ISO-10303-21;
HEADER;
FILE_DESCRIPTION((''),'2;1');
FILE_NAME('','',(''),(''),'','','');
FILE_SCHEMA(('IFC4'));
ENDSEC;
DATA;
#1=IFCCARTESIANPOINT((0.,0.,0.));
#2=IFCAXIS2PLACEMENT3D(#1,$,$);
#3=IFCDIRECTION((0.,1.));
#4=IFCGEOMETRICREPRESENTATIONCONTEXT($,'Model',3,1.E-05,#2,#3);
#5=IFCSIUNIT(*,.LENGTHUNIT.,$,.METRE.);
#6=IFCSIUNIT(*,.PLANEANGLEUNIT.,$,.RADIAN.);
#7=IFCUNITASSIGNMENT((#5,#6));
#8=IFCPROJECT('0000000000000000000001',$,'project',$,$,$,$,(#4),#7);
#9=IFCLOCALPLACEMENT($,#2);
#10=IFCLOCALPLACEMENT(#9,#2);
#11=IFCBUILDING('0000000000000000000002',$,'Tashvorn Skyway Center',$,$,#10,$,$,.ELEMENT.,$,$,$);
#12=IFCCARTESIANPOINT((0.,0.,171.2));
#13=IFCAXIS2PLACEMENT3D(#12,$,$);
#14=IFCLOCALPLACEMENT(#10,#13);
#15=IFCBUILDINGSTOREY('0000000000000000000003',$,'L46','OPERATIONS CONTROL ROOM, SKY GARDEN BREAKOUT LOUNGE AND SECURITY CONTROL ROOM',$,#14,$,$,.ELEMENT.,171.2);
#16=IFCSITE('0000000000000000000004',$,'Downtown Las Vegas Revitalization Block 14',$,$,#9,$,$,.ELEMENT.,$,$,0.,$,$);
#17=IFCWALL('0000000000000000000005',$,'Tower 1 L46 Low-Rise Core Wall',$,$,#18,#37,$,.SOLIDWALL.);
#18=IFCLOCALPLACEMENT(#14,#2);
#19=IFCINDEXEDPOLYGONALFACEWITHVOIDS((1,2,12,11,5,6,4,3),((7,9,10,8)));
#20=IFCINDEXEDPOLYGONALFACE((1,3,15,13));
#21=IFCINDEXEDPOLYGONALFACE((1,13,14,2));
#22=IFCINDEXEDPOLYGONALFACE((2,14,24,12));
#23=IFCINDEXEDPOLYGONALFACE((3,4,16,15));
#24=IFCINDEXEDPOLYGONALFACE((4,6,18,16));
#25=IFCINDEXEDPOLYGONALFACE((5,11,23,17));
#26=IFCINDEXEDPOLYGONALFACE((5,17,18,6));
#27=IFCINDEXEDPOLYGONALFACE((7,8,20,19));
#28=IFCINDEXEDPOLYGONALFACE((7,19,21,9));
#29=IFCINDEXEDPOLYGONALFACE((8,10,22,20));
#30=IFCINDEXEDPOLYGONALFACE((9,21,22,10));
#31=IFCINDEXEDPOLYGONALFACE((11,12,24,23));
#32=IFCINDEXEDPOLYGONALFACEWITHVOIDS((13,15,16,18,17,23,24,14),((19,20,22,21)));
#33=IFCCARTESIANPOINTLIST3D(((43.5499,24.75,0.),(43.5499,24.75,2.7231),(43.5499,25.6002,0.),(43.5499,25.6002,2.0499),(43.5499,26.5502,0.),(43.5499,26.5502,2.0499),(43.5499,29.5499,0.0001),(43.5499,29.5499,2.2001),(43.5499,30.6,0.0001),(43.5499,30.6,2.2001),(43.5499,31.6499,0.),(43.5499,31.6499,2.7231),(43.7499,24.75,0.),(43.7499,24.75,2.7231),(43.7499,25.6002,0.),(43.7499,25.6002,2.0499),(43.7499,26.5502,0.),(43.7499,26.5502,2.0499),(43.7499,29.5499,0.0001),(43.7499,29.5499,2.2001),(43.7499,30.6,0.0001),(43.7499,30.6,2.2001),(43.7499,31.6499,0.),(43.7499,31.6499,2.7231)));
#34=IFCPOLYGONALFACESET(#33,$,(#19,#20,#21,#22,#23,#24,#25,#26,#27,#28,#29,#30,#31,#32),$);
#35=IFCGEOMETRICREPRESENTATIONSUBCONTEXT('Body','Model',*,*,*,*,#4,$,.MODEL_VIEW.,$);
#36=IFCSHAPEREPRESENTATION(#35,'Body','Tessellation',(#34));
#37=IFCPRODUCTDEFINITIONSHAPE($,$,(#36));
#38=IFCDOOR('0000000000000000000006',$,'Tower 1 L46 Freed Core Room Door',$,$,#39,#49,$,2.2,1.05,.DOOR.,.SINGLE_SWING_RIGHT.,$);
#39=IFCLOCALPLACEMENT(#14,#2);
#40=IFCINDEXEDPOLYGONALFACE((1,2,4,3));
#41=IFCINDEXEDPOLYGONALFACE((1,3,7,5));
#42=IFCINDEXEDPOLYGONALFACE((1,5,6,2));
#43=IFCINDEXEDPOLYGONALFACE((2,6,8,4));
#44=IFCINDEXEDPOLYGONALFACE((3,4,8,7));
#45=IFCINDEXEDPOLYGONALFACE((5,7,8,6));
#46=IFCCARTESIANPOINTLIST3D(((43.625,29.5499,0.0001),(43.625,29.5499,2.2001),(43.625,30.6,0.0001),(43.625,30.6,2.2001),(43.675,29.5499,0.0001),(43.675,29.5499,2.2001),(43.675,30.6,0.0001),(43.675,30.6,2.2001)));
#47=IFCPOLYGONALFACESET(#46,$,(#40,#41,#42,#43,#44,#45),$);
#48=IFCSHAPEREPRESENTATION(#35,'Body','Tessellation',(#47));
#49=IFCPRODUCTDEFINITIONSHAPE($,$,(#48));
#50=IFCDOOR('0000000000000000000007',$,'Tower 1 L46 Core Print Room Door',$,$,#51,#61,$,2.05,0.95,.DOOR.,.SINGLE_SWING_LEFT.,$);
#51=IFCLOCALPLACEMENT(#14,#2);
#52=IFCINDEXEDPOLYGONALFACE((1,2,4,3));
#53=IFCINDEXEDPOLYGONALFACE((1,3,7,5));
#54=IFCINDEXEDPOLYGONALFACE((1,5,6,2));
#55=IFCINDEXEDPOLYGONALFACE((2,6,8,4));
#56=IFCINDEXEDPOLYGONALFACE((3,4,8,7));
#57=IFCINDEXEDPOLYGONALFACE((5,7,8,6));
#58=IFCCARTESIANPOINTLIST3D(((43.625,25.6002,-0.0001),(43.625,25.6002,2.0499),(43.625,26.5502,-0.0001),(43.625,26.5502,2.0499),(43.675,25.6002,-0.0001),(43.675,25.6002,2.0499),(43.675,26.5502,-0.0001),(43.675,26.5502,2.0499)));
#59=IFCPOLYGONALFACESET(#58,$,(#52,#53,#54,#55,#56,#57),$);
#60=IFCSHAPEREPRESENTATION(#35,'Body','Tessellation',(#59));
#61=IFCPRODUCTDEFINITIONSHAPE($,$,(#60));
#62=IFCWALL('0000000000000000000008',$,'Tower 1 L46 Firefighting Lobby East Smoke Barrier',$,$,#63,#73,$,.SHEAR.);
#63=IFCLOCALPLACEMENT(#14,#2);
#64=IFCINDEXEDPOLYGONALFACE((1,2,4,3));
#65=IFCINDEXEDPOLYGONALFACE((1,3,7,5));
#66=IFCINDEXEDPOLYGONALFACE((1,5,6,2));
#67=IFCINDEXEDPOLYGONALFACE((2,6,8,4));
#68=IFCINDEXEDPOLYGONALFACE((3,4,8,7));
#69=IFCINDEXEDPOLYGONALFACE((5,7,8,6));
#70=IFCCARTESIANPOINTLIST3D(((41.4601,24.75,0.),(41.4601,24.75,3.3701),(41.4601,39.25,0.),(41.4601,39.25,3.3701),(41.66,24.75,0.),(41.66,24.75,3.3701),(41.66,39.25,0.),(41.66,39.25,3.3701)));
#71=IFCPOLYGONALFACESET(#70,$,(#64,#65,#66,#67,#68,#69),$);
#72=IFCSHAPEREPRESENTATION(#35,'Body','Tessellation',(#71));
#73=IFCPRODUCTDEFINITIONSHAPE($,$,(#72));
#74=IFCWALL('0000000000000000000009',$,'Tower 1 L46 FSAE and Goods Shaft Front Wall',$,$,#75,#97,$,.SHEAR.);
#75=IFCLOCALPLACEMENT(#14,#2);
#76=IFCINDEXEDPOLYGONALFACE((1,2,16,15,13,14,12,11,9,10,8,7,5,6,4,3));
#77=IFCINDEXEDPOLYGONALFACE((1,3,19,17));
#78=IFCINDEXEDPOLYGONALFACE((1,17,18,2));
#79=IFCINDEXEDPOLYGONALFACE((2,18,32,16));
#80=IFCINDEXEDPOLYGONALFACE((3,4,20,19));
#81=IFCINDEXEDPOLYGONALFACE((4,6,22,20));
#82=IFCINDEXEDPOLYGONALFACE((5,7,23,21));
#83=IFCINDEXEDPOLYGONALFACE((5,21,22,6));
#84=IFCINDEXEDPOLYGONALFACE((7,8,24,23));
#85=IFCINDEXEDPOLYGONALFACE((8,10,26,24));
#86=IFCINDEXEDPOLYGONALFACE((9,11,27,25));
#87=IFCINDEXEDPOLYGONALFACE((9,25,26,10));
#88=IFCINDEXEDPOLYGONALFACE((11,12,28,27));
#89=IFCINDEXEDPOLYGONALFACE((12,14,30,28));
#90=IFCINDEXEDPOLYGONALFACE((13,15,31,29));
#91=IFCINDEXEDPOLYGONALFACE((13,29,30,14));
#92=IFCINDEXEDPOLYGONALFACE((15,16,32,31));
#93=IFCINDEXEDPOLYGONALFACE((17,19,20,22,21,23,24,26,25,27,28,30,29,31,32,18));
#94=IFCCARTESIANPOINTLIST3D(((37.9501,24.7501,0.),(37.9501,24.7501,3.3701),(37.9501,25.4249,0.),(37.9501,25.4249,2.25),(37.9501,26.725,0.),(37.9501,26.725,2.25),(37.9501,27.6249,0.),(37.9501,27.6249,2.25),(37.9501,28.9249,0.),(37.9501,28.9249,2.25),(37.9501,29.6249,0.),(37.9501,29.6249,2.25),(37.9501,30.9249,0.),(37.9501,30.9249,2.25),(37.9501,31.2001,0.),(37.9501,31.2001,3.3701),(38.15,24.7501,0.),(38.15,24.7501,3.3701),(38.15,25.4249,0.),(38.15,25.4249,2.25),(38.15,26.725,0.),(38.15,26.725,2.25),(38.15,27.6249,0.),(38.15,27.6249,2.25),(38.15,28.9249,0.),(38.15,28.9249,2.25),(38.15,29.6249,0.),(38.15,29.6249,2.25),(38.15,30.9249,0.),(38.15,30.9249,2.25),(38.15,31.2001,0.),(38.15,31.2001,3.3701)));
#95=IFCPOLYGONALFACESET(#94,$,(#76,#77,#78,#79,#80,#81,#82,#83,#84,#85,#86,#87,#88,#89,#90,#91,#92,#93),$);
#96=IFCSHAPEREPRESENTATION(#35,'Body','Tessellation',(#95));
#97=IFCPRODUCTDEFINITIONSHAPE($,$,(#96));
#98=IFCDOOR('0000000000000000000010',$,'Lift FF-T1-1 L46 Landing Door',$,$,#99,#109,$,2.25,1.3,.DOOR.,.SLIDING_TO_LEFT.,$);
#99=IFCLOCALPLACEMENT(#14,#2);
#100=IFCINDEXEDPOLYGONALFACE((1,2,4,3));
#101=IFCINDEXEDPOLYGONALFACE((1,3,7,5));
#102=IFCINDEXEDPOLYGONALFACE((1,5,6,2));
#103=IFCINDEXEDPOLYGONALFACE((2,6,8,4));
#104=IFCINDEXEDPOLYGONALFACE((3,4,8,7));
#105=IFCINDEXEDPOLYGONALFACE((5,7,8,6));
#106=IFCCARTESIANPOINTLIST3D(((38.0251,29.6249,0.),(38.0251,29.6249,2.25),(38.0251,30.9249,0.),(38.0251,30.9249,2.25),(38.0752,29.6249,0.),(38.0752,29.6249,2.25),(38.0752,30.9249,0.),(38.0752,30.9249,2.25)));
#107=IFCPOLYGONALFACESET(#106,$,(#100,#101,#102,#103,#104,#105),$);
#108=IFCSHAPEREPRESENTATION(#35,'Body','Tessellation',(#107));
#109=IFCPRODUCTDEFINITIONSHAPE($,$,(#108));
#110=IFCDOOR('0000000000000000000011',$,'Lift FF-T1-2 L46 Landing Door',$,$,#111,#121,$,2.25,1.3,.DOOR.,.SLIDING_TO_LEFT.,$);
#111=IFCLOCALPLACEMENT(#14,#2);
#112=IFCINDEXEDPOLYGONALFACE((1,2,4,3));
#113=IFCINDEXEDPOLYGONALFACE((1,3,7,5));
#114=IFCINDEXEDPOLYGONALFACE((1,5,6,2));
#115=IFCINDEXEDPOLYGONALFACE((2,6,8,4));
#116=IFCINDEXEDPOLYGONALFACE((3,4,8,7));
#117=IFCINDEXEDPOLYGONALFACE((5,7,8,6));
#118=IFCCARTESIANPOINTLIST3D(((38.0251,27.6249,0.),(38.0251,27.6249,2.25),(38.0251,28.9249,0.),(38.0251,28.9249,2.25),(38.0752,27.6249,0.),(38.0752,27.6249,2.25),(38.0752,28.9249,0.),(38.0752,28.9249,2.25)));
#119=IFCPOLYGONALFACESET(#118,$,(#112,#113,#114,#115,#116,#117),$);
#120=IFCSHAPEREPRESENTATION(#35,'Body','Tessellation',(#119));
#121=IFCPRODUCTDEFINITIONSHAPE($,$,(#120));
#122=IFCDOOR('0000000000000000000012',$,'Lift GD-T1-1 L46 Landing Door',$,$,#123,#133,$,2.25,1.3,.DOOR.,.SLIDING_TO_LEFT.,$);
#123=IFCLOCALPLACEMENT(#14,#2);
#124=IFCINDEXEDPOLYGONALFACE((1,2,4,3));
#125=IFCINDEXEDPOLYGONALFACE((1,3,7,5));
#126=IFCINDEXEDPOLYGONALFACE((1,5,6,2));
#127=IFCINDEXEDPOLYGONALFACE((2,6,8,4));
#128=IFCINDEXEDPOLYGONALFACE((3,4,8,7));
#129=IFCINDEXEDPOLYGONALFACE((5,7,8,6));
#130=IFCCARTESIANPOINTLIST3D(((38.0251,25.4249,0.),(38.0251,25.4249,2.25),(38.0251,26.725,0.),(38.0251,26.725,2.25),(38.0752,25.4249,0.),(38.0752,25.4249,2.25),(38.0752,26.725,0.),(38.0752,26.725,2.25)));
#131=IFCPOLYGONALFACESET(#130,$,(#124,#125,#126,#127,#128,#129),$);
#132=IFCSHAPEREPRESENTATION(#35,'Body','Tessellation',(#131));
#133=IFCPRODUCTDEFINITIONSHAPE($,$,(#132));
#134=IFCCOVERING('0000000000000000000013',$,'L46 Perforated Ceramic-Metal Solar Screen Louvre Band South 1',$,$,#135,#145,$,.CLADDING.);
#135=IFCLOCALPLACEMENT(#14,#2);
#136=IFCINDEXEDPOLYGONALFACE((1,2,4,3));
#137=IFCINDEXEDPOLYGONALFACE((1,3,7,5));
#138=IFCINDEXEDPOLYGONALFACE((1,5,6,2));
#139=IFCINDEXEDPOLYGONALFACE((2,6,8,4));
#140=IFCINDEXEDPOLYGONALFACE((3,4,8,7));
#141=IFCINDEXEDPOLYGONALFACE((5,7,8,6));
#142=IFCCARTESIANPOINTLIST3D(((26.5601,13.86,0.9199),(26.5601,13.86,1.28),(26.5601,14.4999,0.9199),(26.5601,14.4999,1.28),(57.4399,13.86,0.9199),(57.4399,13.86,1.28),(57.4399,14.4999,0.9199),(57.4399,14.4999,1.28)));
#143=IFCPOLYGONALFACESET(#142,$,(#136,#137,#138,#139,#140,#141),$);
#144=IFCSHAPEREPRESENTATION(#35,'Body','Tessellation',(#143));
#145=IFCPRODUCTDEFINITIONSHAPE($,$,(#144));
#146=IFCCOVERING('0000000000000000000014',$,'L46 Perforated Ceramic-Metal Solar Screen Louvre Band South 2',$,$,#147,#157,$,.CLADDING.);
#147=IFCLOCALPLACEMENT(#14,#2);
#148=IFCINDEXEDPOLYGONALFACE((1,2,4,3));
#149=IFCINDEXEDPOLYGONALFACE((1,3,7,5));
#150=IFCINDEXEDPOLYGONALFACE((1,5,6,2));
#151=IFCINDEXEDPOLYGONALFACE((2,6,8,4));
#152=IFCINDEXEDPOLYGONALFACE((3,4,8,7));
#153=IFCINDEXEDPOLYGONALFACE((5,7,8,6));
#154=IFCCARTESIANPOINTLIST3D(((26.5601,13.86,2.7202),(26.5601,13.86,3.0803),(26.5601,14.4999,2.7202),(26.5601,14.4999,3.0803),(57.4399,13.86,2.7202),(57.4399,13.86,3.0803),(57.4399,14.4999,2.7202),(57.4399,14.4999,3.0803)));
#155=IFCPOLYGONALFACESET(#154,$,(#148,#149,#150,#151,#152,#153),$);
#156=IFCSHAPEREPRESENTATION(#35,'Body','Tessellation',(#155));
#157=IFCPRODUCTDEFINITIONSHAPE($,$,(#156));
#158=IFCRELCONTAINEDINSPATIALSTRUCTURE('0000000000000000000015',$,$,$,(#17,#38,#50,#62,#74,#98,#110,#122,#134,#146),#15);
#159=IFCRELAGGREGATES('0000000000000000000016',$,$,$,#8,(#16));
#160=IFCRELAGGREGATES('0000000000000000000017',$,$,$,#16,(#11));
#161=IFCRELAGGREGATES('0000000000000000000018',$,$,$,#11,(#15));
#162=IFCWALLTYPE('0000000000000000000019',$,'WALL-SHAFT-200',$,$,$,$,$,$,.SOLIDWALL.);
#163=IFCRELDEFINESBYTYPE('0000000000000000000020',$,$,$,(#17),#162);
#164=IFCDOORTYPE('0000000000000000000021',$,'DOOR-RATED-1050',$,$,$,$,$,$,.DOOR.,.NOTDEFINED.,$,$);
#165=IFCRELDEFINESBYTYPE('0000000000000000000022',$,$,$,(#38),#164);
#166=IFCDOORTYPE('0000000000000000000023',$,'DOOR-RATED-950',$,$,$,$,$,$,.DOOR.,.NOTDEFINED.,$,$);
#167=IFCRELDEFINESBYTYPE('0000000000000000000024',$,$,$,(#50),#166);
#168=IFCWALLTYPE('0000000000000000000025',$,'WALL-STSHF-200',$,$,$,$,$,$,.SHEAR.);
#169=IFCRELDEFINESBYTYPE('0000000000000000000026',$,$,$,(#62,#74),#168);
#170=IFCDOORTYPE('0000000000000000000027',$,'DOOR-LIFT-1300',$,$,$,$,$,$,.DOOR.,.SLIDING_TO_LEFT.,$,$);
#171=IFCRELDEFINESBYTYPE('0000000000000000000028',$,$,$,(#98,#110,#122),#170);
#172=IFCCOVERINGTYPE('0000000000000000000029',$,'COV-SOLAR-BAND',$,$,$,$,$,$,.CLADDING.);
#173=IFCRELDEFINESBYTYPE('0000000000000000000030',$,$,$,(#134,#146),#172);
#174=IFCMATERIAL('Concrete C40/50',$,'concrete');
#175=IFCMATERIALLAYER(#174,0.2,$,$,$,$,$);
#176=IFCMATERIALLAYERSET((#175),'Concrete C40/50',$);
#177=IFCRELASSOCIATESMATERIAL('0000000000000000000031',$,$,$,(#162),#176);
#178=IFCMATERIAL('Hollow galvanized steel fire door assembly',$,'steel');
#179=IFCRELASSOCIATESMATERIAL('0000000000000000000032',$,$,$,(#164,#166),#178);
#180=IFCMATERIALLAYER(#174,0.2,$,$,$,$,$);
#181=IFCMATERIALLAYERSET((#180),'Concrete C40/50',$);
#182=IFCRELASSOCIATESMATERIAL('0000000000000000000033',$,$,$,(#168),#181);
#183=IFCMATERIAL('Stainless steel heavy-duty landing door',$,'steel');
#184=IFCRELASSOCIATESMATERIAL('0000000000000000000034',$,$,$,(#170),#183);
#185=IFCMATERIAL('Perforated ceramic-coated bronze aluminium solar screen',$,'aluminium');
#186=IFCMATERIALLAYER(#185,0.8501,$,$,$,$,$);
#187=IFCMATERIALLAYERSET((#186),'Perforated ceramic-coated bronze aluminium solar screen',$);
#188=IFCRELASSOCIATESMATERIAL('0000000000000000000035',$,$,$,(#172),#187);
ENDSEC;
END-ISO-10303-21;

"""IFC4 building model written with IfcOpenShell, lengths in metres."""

from ifc_helpers import new_model, si_unit, direction, frame, frame_2d, origin, origin_2d, place, context, subcontext, project, spatial, rectangle, extrude, material, layer, layer_set, type_object, element, fill, save


model = new_model("IFC4")

# Units and contexts
model_context = context("Model", 3, precision=1e-05, world=origin(), true_north=direction((0.0, 1.0)))
body_context = subcontext(model_context, "Body", "Model", "MODEL_VIEW")
ifc_project = project(units=[si_unit("LENGTHUNIT", "METRE"), si_unit("PLANEANGLEUNIT", "RADIAN")], contexts=[model_context])

# Site, building, storey
site_placement = place(None, origin())
site = spatial("IfcSite", under=ifc_project, at=site_placement, Name="Downtown Las Vegas Revitalization Block 14", CompositionType="ELEMENT", RefElevation=0.0)
building_placement = place(site_placement, origin())
building = spatial("IfcBuilding", under=site, at=building_placement, Name="Tashvorn Skyway Center", CompositionType="ELEMENT")
storey_placement = place(building_placement, frame((0.0, 0.0, 171.2)))
storey = spatial("IfcBuildingStorey", under=building, at=storey_placement, Name="L46", Description="OPERATIONS CONTROL ROOM, SKY GARDEN BREAKOUT LOUNGE AND SECURITY CONTROL ROOM", CompositionType="ELEMENT", Elevation=171.2)

# Wall, openings, doors
ifc_material_1 = material(Name="Concrete C40/50", Category="concrete")
ifc_layer_1 = layer(ifc_material_1, 0.2)
ifc_layer_set_1 = layer_set([ifc_layer_1], Name="Concrete C40/50")
wall_type_1 = type_object("IfcWallType", Name="WALL-SHAFT-200", PredefinedType="SOLIDWALL", material=ifc_layer_set_1)
wall_1_placement = place(storey_placement, frame((43.6499, 24.75, 0.0), z_axis=(0.0, 0.0, 1.0), x_axis=(0.0, 1.0, 0.0)))
wall_1 = element("IfcWall", 1, at=wall_1_placement, inside=storey, type_object=wall_type_1, Name="Tower 1 L46 Low-Rise Core Wall", PredefinedType="SOLIDWALL", context=body_context, shape_type="SweptSolid", body=[
    extrude(rectangle(XDim=6.8999, YDim=0.2, at=frame_2d((3.45, 0.0))), origin(), (0.0, 0.0, 1.0), 2.7231),
])
opening_1_placement = place(wall_1_placement, frame((0.8501, 0.0, 0.0)))
opening_1 = element("IfcOpeningElement", 2, at=opening_1_placement, cuts=wall_1, PredefinedType="OPENING", context=body_context, shape_type="SweptSolid", body=[
    extrude(rectangle(XDim=0.95, YDim=2.05, at=frame_2d((0.4751, 1.0249))), frame((0.0, 0.1099, 0.0), z_axis=(0.0, -1.0, 0.0), x_axis=(1.0, 0.0, 0.0)), (0.0, 0.0, 1.0), 0.22),
])
opening_2_placement = place(wall_1_placement, frame((4.8, 0.0, 0.0)))
opening_2 = element("IfcOpeningElement", 3, at=opening_2_placement, cuts=wall_1, PredefinedType="OPENING", context=body_context, shape_type="SweptSolid", body=[
    extrude(rectangle(XDim=1.05, YDim=2.2, at=frame_2d((0.5249, 1.1001))), frame((0.0, 0.1099, 0.0), z_axis=(0.0, -1.0, 0.0), x_axis=(1.0, 0.0, 0.0)), (0.0, 0.0, 1.0), 0.22),
])
ifc_material_2 = material(Name="Hollow galvanized steel fire door assembly", Category="steel")
door_type_1 = type_object("IfcDoorType", Name="DOOR-RATED-1050", OperationType="NOTDEFINED", PredefinedType="DOOR", material=ifc_material_2)
door_1_placement = place(opening_2_placement, origin())
door_1 = element("IfcDoor", 4, at=door_1_placement, inside=storey, type_object=door_type_1, Name="Tower 1 L46 Freed Core Room Door", OperationType="SINGLE_SWING_RIGHT", OverallHeight=2.2, OverallWidth=1.05, PredefinedType="DOOR", context=body_context, shape_type="SweptSolid", body=[
    extrude(rectangle(XDim=1.05, YDim=2.2, at=frame_2d((0.5249, 1.1001))), frame((0.0, 0.0249, 0.0), z_axis=(0.0, -1.0, 0.0), x_axis=(1.0, 0.0, 0.0)), (0.0, 0.0, 1.0), 0.05),
])
fill(opening_2, door_1)
door_type_2 = type_object("IfcDoorType", Name="DOOR-RATED-950", OperationType="NOTDEFINED", PredefinedType="DOOR", material=ifc_material_2)
door_2_placement = place(opening_1_placement, origin())
door_2 = element("IfcDoor", 5, at=door_2_placement, inside=storey, type_object=door_type_2, Name="Tower 1 L46 Core Print Room Door", OperationType="SINGLE_SWING_LEFT", OverallHeight=2.05, OverallWidth=0.95, PredefinedType="DOOR", context=body_context, shape_type="SweptSolid", body=[
    extrude(rectangle(XDim=0.95, YDim=2.05, at=frame_2d((0.4751, 1.0249))), frame((0.0, 0.0249, 0.0), z_axis=(0.0, -1.0, 0.0), x_axis=(1.0, 0.0, 0.0)), (0.0, 0.0, 1.0), 0.05),
])
fill(opening_1, door_2)

# Wall
ifc_layer_2 = layer(ifc_material_1, 0.2)
ifc_layer_set_2 = layer_set([ifc_layer_2], Name="Concrete C40/50")
wall_type_2 = type_object("IfcWallType", Name="WALL-STSHF-200", PredefinedType="SHEAR", material=ifc_layer_set_2)
wall_2_placement = place(storey_placement, frame((41.5601, 24.75, 0.0), z_axis=(0.0, 0.0, 1.0), x_axis=(0.0, 1.0, 0.0)))
element("IfcWall", 6, at=wall_2_placement, inside=storey, type_object=wall_type_2, Name="Tower 1 L46 Firefighting Lobby East Smoke Barrier", PredefinedType="SHEAR", context=body_context, shape_type="SweptSolid", body=[
    extrude(rectangle(XDim=14.5, YDim=0.2, at=frame_2d((7.25, 0.0))), origin(), (0.0, 0.0, 1.0), 3.3701),
])

# Wall, openings, doors
wall_3_placement = place(storey_placement, frame((38.05, 24.75, 0.0), z_axis=(0.0, 0.0, 1.0), x_axis=(0.0, 1.0, 0.0)))
wall_3 = element("IfcWall", 7, at=wall_3_placement, inside=storey, type_object=wall_type_2, Name="Tower 1 L46 FSAE and Goods Shaft Front Wall", PredefinedType="SHEAR", context=body_context, shape_type="SweptSolid", body=[
    extrude(rectangle(XDim=6.45, YDim=0.2, at=frame_2d((3.2251, 0.0))), origin(), (0.0, 0.0, 1.0), 3.3701),
])
opening_3_placement = place(wall_3_placement, frame((4.875, 0.0, 0.0)))
opening_3 = element("IfcOpeningElement", 8, at=opening_3_placement, cuts=wall_3, PredefinedType="OPENING", context=body_context, shape_type="SweptSolid", body=[
    extrude(rectangle(XDim=1.3, YDim=2.25, at=frame_2d((0.6499, 1.125))), frame((0.0, 0.1099, 0.0), z_axis=(0.0, -1.0, 0.0), x_axis=(1.0, 0.0, 0.0)), (0.0, 0.0, 1.0), 0.22),
])
opening_4_placement = place(wall_3_placement, frame((2.875, 0.0, 0.0)))
opening_4 = element("IfcOpeningElement", 9, at=opening_4_placement, cuts=wall_3, PredefinedType="OPENING", context=body_context, shape_type="SweptSolid", body=[
    extrude(rectangle(XDim=1.3, YDim=2.25, at=frame_2d((0.6499, 1.125))), frame((0.0, 0.1099, 0.0), z_axis=(0.0, -1.0, 0.0), x_axis=(1.0, 0.0, 0.0)), (0.0, 0.0, 1.0), 0.22),
])
opening_5_placement = place(wall_3_placement, frame((0.675, 0.0, 0.0)))
opening_5 = element("IfcOpeningElement", 10, at=opening_5_placement, cuts=wall_3, PredefinedType="OPENING", context=body_context, shape_type="SweptSolid", body=[
    extrude(rectangle(XDim=1.3, YDim=2.25, at=frame_2d((0.6499, 1.125))), frame((0.0, 0.1099, 0.0), z_axis=(0.0, -1.0, 0.0), x_axis=(1.0, 0.0, 0.0)), (0.0, 0.0, 1.0), 0.22),
])
ifc_material_3 = material(Name="Stainless steel heavy-duty landing door", Category="steel")
door_type_3 = type_object("IfcDoorType", Name="DOOR-LIFT-1300", OperationType="SLIDING_TO_LEFT", PredefinedType="DOOR", material=ifc_material_3)
door_3_placement = place(opening_3_placement, origin())
door_3 = element("IfcDoor", 11, at=door_3_placement, inside=storey, type_object=door_type_3, Name="Lift FF-T1-1 L46 Landing Door", OperationType="SLIDING_TO_LEFT", OverallHeight=2.25, OverallWidth=1.3, PredefinedType="DOOR", context=body_context, shape_type="SweptSolid", body=[
    extrude(rectangle(XDim=1.3, YDim=2.25, at=frame_2d((0.6499, 1.125))), frame((0.0, 0.0249, 0.0), z_axis=(0.0, -1.0, 0.0), x_axis=(1.0, 0.0, 0.0)), (0.0, 0.0, 1.0), 0.05),
])
fill(opening_3, door_3)
door_4_placement = place(opening_4_placement, origin())
door_4 = element("IfcDoor", 12, at=door_4_placement, inside=storey, type_object=door_type_3, Name="Lift FF-T1-2 L46 Landing Door", OperationType="SLIDING_TO_LEFT", OverallHeight=2.25, OverallWidth=1.3, PredefinedType="DOOR", context=body_context, shape_type="SweptSolid", body=[
    extrude(rectangle(XDim=1.3, YDim=2.25, at=frame_2d((0.6499, 1.125))), frame((0.0, 0.0249, 0.0), z_axis=(0.0, -1.0, 0.0), x_axis=(1.0, 0.0, 0.0)), (0.0, 0.0, 1.0), 0.05),
])
fill(opening_4, door_4)
door_5_placement = place(opening_5_placement, origin())
door_5 = element("IfcDoor", 13, at=door_5_placement, inside=storey, type_object=door_type_3, Name="Lift GD-T1-1 L46 Landing Door", OperationType="SLIDING_TO_LEFT", OverallHeight=2.25, OverallWidth=1.3, PredefinedType="DOOR", context=body_context, shape_type="SweptSolid", body=[
    extrude(rectangle(XDim=1.3, YDim=2.25, at=frame_2d((0.6499, 1.125))), frame((0.0, 0.0249, 0.0), z_axis=(0.0, -1.0, 0.0), x_axis=(1.0, 0.0, 0.0)), (0.0, 0.0, 1.0), 0.05),
])
fill(opening_5, door_5)

# Coverings
ifc_material_4 = material(Name="Perforated ceramic-coated bronze aluminium solar screen", Category="aluminium")
ifc_layer_3 = layer(ifc_material_4, 0.8501)
ifc_layer_set_3 = layer_set([ifc_layer_3], Name="Perforated ceramic-coated bronze aluminium solar screen")
covering_type = type_object("IfcCoveringType", Name="COV-SOLAR-BAND", PredefinedType="CLADDING", material=ifc_layer_set_3)
for number, where, z_axis, x_axis, name in (
    (14, (42.0, 14.1799, 0.9199), (0.0, 0.0, 1.0), (-1.0, 0.0, 0.0), "L46 Perforated Ceramic-Metal Solar Screen Louvre Band South 1"),
    (15, (42.0, 14.1799, 2.7202), (0.0, 0.0, 1.0), (-1.0, 0.0, 0.0), "L46 Perforated Ceramic-Metal Solar Screen Louvre Band South 2"),
):
    element("IfcCovering", number, at=place(storey_placement, frame(where, z_axis=z_axis, x_axis=x_axis)), inside=storey, type_object=covering_type, Name=name, PredefinedType="CLADDING", context=body_context, shape_type="SweptSolid", body=[
        extrude(rectangle(XDim=30.8799, YDim=0.6399, at=origin_2d()), origin(), (0.0, 0.0, 1.0), 0.3601),
    ])

save(model, "model.ifc")
